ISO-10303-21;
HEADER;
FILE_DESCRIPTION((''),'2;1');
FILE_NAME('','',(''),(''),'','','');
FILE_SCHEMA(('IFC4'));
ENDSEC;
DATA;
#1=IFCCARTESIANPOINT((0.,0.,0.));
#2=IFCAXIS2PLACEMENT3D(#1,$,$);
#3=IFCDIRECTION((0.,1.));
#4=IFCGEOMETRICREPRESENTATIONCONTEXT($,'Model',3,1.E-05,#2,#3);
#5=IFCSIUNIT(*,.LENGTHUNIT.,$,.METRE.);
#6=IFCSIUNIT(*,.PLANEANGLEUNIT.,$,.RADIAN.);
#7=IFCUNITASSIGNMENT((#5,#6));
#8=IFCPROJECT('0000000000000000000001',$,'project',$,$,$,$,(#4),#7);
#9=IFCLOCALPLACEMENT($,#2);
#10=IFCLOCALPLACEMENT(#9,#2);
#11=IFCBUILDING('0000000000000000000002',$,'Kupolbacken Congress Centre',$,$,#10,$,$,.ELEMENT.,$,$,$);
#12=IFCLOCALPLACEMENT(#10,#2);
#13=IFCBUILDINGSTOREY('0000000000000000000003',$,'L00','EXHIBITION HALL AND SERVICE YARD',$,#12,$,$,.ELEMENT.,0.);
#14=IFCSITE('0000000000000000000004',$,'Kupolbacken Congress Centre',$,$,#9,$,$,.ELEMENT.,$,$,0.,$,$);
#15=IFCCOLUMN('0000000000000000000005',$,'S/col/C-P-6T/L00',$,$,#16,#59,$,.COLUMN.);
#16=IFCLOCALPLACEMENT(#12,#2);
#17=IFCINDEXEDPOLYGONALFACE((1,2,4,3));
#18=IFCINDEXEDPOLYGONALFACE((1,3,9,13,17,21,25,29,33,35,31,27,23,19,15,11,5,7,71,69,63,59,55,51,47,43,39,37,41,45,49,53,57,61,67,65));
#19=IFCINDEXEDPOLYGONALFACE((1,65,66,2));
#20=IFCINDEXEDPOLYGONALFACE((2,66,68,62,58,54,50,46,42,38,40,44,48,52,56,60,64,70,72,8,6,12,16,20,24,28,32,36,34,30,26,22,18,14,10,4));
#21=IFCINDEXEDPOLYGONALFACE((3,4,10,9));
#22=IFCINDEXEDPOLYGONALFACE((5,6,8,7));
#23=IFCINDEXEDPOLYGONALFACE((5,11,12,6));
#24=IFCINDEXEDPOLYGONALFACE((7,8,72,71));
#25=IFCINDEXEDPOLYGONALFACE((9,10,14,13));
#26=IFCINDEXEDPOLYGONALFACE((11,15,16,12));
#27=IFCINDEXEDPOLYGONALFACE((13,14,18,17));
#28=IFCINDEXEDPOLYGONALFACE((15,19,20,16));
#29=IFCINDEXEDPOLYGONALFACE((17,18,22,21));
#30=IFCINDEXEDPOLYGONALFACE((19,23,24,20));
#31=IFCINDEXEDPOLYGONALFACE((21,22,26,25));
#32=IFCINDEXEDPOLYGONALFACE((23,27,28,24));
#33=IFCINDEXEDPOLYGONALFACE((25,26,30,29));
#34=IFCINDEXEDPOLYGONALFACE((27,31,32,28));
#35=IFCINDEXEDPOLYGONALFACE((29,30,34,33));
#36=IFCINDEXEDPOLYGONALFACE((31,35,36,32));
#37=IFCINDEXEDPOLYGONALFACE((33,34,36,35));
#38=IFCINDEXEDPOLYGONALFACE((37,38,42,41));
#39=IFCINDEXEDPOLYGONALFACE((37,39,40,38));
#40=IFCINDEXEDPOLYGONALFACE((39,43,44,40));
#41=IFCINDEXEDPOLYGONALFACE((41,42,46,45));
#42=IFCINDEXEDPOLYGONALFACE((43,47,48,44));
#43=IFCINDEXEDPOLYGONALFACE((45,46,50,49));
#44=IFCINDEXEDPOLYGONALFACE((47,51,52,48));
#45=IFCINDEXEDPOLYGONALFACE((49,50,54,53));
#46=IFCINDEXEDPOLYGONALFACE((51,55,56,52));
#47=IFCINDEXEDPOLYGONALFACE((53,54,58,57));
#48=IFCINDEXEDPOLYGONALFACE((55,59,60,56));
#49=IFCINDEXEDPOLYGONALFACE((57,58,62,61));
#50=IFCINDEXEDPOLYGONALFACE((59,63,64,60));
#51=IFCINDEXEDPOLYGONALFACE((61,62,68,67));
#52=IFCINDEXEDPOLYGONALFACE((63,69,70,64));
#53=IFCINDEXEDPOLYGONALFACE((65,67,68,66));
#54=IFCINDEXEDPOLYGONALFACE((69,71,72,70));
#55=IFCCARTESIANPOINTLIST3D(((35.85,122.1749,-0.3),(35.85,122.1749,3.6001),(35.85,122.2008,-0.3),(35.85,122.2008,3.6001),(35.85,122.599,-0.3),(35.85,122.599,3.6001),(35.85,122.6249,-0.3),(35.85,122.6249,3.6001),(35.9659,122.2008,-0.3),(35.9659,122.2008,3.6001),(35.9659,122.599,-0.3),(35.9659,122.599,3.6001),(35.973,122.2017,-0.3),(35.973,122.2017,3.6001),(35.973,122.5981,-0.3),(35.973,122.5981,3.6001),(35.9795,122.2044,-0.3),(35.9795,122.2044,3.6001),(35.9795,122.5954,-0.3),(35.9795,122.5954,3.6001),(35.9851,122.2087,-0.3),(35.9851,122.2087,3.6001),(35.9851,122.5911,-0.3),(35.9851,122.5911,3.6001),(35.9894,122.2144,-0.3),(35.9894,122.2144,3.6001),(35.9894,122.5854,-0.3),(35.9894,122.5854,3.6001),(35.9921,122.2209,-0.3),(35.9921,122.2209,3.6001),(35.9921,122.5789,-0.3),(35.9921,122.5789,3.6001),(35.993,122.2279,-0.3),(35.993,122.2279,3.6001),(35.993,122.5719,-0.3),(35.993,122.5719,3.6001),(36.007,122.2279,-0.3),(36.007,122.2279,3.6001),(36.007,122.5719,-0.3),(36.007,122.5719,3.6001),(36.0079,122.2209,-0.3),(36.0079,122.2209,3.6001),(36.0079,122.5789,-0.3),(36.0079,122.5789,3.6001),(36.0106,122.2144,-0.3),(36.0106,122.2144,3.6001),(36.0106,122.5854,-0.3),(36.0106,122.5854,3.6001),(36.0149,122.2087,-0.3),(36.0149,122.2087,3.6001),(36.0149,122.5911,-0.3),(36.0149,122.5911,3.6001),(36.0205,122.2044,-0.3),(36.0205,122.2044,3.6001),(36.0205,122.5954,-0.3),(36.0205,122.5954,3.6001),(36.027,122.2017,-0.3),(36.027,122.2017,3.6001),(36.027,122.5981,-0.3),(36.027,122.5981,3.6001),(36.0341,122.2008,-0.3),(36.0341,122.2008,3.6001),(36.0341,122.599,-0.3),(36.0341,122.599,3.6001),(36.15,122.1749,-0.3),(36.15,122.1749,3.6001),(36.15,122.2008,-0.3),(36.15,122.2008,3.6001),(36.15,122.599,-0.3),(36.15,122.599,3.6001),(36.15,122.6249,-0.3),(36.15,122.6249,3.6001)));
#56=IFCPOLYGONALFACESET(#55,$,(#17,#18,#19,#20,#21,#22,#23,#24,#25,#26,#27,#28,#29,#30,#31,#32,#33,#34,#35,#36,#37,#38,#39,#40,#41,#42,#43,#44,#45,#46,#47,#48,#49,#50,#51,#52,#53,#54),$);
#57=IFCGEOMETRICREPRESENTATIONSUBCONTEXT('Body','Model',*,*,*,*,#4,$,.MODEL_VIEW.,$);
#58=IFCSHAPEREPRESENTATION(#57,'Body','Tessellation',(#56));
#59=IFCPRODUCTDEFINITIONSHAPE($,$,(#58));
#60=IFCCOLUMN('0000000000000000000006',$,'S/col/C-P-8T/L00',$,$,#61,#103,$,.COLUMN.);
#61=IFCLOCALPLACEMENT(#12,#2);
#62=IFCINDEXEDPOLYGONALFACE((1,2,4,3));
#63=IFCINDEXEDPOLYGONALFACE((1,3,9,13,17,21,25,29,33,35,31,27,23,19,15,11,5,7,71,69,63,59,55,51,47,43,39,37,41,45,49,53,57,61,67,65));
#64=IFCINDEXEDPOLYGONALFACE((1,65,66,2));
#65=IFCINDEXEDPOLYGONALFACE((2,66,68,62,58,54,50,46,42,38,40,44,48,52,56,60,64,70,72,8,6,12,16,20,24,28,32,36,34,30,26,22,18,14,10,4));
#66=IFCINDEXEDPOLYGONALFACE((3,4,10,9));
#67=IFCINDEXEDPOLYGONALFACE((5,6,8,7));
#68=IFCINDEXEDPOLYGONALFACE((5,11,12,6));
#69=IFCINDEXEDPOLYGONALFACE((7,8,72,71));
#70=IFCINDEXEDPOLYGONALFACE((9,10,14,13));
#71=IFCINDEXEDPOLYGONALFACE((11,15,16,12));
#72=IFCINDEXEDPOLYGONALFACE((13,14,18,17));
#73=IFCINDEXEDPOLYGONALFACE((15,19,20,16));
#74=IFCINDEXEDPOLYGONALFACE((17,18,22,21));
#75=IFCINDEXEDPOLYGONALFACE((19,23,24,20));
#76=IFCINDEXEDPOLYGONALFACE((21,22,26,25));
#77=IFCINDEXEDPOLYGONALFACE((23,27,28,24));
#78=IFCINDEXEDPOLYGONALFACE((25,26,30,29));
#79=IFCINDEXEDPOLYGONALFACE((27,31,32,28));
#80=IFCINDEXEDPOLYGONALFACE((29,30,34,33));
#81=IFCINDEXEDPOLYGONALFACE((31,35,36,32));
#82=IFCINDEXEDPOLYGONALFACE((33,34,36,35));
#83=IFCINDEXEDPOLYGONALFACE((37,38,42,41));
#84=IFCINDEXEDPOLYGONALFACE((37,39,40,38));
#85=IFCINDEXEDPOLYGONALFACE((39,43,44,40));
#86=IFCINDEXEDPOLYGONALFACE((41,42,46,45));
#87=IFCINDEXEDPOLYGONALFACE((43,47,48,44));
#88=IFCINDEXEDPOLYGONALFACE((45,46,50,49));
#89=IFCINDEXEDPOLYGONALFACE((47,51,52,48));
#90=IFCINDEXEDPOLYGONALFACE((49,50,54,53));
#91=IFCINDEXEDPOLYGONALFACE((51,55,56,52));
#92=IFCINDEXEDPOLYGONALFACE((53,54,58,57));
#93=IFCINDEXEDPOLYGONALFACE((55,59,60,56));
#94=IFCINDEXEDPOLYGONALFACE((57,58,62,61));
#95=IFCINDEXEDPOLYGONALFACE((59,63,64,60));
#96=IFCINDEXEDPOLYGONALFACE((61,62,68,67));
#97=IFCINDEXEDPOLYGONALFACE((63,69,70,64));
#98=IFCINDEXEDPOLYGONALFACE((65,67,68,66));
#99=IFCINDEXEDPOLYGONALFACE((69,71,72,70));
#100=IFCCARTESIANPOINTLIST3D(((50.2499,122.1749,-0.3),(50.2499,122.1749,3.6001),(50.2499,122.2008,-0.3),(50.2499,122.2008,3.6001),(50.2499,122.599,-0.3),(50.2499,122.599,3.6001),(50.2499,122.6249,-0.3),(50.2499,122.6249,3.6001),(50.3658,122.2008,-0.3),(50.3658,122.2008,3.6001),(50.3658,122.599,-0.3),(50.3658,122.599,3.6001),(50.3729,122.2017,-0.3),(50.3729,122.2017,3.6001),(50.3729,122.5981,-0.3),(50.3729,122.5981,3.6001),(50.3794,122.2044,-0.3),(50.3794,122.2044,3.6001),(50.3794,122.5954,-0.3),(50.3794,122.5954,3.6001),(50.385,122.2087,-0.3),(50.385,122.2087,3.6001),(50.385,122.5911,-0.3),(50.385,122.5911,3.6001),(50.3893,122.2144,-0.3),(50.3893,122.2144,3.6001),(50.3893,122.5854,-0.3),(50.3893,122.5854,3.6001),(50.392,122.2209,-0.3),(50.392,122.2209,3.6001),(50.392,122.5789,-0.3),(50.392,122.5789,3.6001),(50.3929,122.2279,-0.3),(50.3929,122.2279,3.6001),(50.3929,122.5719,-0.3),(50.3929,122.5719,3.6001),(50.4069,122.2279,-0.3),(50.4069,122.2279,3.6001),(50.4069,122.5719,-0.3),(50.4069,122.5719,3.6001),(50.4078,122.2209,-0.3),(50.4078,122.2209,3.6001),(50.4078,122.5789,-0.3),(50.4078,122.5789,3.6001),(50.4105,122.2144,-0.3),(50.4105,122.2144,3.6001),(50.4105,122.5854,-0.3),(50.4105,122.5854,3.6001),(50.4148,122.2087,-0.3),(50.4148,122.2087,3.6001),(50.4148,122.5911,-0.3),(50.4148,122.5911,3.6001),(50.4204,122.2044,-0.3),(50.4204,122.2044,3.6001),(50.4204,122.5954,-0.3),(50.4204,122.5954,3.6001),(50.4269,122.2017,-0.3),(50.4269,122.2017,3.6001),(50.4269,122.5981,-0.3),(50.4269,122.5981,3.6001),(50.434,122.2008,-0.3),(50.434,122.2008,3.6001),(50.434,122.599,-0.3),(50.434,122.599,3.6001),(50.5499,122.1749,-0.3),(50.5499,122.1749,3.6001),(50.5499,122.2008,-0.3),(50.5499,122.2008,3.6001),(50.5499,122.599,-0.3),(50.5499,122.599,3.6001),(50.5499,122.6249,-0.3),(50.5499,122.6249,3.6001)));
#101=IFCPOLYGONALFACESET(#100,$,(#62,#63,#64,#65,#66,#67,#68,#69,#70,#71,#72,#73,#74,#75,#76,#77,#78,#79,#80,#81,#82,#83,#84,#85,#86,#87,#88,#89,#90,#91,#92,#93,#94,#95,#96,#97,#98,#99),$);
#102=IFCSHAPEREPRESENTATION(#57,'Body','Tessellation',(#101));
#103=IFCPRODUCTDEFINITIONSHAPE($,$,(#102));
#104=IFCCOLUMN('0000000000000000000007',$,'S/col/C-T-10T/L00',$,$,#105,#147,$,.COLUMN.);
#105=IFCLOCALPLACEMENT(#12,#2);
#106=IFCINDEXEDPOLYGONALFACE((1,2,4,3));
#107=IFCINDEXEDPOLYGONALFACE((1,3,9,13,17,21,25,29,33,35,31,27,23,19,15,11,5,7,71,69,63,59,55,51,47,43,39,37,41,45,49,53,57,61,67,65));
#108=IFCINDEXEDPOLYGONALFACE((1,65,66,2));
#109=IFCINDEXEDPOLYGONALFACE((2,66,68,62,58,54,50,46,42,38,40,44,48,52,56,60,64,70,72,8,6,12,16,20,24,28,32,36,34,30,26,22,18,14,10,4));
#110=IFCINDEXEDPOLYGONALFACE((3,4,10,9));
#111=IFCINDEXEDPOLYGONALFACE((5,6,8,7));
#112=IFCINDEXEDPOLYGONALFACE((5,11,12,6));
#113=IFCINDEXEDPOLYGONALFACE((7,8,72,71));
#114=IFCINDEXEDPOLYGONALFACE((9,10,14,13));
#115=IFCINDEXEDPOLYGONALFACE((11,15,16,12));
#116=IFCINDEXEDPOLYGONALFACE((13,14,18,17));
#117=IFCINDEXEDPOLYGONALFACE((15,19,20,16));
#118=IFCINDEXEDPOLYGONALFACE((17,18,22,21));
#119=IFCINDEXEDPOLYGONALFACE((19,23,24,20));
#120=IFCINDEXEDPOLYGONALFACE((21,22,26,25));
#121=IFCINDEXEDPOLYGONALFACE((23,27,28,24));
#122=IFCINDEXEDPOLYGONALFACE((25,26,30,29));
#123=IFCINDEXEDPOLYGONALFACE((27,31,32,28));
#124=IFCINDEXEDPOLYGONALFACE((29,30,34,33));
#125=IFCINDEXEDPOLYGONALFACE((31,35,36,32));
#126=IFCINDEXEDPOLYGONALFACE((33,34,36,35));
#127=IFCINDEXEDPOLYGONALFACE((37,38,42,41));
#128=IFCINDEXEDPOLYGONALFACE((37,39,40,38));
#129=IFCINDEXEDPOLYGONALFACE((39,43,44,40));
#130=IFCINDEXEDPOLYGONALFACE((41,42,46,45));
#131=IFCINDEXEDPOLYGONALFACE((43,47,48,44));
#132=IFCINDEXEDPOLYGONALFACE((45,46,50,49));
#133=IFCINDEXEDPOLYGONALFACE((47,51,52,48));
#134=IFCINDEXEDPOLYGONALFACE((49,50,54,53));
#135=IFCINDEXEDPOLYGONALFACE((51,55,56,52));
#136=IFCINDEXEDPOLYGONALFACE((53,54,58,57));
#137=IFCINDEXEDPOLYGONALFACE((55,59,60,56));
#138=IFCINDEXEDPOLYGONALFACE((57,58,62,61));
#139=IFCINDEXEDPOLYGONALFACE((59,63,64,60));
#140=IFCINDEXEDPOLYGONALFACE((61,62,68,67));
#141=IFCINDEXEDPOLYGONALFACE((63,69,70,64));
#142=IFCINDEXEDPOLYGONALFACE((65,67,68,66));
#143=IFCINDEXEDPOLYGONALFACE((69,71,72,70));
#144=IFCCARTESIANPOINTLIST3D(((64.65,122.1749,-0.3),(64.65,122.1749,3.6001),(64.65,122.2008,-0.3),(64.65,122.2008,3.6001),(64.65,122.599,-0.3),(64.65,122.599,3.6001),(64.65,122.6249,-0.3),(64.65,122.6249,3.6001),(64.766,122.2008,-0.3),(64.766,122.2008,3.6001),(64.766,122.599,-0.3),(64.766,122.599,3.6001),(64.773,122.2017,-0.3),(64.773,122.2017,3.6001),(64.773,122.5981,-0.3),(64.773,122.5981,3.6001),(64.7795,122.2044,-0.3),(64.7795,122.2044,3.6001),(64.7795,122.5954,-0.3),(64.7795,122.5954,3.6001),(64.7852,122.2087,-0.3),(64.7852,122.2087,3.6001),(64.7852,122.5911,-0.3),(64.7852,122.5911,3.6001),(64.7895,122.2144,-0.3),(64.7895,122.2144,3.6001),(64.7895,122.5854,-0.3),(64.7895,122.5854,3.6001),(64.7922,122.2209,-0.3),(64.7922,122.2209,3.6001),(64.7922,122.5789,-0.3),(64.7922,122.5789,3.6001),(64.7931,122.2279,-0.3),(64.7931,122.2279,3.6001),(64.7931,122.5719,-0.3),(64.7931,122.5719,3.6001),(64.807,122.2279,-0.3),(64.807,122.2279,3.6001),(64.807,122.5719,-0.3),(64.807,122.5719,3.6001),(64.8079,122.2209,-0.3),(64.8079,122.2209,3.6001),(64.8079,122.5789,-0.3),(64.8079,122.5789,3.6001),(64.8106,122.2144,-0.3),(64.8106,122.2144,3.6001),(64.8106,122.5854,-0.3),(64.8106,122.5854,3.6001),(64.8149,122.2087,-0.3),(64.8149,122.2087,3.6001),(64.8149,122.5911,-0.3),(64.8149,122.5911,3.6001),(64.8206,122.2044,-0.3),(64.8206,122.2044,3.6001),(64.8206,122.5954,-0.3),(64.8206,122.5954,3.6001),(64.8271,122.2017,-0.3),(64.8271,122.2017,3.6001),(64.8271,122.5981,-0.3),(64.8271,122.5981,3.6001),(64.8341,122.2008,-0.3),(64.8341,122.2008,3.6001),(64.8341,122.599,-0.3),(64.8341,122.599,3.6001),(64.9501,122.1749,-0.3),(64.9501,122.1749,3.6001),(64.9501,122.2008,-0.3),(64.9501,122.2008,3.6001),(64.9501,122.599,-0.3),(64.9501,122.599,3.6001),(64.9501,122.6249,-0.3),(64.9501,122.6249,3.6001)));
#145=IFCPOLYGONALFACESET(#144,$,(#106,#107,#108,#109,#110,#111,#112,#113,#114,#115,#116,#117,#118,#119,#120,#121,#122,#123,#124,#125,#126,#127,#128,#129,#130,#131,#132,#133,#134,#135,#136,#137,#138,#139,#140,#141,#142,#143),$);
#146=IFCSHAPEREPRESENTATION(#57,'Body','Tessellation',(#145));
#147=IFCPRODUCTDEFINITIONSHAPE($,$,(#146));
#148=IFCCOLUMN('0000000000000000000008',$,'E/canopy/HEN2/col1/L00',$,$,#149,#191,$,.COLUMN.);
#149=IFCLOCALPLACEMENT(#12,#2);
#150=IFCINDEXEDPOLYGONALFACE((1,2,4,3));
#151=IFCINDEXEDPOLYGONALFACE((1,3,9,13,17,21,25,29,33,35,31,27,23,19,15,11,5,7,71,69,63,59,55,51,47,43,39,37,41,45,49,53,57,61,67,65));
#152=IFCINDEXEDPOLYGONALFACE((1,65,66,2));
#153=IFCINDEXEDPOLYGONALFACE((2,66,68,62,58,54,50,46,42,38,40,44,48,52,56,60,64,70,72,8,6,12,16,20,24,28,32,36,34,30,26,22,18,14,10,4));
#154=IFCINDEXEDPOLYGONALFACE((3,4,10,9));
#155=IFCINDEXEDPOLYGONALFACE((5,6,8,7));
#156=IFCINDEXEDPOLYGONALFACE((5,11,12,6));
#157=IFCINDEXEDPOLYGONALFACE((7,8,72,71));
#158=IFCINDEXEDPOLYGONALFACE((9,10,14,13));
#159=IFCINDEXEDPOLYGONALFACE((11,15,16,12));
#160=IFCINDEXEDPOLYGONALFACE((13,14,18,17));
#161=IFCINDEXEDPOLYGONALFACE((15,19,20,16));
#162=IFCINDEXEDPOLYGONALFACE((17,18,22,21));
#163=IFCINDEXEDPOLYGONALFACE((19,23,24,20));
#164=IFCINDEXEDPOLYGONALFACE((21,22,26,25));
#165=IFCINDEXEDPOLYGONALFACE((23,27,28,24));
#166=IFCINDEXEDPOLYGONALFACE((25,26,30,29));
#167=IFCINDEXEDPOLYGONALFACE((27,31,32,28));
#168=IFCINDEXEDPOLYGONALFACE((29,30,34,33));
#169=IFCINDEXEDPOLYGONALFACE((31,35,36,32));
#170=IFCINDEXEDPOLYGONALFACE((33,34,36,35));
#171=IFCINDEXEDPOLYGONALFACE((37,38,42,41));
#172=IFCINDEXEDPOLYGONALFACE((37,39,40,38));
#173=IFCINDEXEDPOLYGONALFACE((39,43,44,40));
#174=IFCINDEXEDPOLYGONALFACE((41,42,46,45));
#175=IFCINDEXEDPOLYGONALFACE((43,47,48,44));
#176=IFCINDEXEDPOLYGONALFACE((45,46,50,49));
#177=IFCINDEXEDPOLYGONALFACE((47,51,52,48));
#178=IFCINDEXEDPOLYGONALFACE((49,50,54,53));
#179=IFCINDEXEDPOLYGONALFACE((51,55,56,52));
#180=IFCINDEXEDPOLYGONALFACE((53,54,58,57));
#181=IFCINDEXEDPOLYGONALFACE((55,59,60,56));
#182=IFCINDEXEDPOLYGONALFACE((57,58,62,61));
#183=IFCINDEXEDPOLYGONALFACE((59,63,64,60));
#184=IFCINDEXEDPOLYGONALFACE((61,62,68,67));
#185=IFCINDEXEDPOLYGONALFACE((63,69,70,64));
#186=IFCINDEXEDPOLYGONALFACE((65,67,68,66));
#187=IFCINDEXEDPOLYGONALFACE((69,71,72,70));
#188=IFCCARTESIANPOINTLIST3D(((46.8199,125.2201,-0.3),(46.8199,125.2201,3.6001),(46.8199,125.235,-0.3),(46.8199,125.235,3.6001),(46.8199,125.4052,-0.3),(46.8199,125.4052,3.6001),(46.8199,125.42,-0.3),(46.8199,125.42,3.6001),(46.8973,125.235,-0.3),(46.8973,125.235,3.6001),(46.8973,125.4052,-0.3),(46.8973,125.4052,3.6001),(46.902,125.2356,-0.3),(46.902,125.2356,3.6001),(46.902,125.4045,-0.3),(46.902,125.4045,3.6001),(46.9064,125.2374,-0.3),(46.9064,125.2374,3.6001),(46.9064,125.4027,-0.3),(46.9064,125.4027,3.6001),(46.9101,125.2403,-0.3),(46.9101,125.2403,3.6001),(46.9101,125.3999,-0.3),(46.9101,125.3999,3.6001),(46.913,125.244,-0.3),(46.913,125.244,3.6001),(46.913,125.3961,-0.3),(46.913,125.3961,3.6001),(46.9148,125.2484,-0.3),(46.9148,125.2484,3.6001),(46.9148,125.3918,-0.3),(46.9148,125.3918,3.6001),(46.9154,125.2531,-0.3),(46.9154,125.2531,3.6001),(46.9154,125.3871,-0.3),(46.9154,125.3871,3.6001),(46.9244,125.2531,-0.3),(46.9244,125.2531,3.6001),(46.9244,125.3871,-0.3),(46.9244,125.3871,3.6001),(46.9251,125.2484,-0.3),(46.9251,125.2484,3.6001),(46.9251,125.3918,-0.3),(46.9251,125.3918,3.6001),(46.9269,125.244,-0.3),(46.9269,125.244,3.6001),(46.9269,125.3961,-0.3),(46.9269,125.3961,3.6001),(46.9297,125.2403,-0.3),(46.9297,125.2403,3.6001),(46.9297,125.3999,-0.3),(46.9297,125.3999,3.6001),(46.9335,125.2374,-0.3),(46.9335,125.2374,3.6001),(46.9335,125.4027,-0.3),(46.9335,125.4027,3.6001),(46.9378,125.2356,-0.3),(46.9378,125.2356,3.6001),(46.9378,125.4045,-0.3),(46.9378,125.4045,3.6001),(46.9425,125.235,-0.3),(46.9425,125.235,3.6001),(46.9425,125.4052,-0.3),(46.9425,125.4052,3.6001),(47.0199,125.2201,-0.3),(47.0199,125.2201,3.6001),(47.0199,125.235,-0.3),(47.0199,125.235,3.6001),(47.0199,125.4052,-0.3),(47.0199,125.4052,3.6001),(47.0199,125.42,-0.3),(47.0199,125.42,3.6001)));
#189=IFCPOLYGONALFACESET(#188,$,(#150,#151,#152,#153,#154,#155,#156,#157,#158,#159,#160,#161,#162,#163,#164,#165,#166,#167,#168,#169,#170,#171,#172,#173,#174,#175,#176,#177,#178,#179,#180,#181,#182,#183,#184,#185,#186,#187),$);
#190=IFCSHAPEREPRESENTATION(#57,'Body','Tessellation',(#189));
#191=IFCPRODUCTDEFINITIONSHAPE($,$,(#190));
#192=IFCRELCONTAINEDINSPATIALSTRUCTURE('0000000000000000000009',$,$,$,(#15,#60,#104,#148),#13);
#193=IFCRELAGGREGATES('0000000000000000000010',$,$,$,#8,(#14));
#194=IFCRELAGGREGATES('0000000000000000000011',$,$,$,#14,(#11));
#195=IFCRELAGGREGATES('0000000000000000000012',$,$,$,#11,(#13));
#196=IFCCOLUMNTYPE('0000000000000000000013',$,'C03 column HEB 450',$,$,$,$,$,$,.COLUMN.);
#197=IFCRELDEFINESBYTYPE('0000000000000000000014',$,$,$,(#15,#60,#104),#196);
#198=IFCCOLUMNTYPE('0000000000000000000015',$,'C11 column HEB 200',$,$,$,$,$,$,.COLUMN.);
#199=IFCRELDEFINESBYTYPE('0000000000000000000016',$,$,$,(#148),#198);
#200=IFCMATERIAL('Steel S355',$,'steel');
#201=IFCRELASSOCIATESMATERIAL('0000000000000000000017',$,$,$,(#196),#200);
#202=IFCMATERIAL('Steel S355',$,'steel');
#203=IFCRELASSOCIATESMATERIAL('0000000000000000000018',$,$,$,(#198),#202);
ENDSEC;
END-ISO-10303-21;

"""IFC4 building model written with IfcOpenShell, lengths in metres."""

from ifc_helpers import new_model, si_unit, direction, frame, origin, origin_2d, place, context, subcontext, project, spatial, i_section, extrude, material, material_profile, profile_set, type_object, element, save


model = new_model("IFC4")

# Units and contexts
model_context = context("Model", 3, precision=1e-05, world=origin(), true_north=direction((0.0, 1.0)))
body_context = subcontext(model_context, "Body", "Model", "MODEL_VIEW")
ifc_project = project(units=[si_unit("LENGTHUNIT", "METRE"), si_unit("PLANEANGLEUNIT", "RADIAN")], contexts=[model_context])

# Site, building, storey
site_placement = place(None, origin())
site = spatial("IfcSite", under=ifc_project, at=site_placement, Name="Kupolbacken Congress Centre", CompositionType="ELEMENT", RefElevation=0.0)
building_placement = place(site_placement, origin())
building = spatial("IfcBuilding", under=site, at=building_placement, Name="Kupolbacken Congress Centre", CompositionType="ELEMENT")
storey_placement = place(building_placement, origin())
storey = spatial("IfcBuildingStorey", under=building, at=storey_placement, Name="L00", Description="EXHIBITION HALL AND SERVICE YARD", CompositionType="ELEMENT", Elevation=0.0)

# Columns
ifc_material_1 = material(Name="Steel S355", Category="steel")
ifc_material_profile_1 = material_profile(ifc_material_1, i_section(OverallWidth=0.3, OverallDepth=0.45, WebThickness=0.0139, FlangeThickness=0.0259, FilletRadius=0.0271, at=origin_2d()), Name="HEB 450")
ifc_profile_set_1 = profile_set([ifc_material_profile_1], Name="Steel S355")
column_type_1 = type_object("IfcColumnType", Name="C03 column HEB 450", PredefinedType="COLUMN", material=ifc_profile_set_1)
for number, where, z_axis, x_axis, name in (
    (1, (36.0, 122.3999, -0.3), (0.0, 0.0, 1.0), (1.0, 0.0, 0.0), "S/col/C-P-6T/L00"),
    (2, (50.3999, 122.3999, -0.3), (0.0, 0.0, 1.0), (1.0, 0.0, 0.0), "S/col/C-P-8T/L00"),
    (3, (64.8, 122.3999, -0.3), (0.0, 0.0, 1.0), (1.0, 0.0, 0.0), "S/col/C-T-10T/L00"),
):
    element("IfcColumn", number, at=place(storey_placement, frame(where, z_axis=z_axis, x_axis=x_axis)), inside=storey, type_object=column_type_1, Name=name, PredefinedType="COLUMN", context=body_context, shape_type="SweptSolid", body=[
        extrude(i_section(OverallWidth=0.3, OverallDepth=0.45, WebThickness=0.0139, FlangeThickness=0.0259, FilletRadius=0.0271, at=origin_2d()), origin(), (0.0, 0.0, 1.0), 3.9001),
    ])
ifc_material_2 = material(Name="Steel S355", Category="steel")
ifc_material_profile_2 = material_profile(ifc_material_2, i_section(OverallWidth=0.2, OverallDepth=0.2, WebThickness=0.009, FlangeThickness=0.0149, FilletRadius=0.0181, at=origin_2d()), Name="HEB 200")
ifc_profile_set_2 = profile_set([ifc_material_profile_2], Name="Steel S355")
column_type_2 = type_object("IfcColumnType", Name="C11 column HEB 200", PredefinedType="COLUMN", material=ifc_profile_set_2)
for number, where, z_axis, x_axis, name in (
    (4, (46.9199, 125.3201, -0.3), (0.0, 0.0, 1.0), (1.0, 0.0, 0.0), "E/canopy/HEN2/col1/L00"),
):
    element("IfcColumn", number, at=place(storey_placement, frame(where, z_axis=z_axis, x_axis=x_axis)), inside=storey, type_object=column_type_2, Name=name, PredefinedType="COLUMN", context=body_context, shape_type="SweptSolid", body=[
        extrude(i_section(OverallWidth=0.2, OverallDepth=0.2, WebThickness=0.009, FlangeThickness=0.0149, FilletRadius=0.0181, at=origin_2d()), origin(), (0.0, 0.0, 1.0), 3.9001),
    ])

save(model, "model.ifc")
